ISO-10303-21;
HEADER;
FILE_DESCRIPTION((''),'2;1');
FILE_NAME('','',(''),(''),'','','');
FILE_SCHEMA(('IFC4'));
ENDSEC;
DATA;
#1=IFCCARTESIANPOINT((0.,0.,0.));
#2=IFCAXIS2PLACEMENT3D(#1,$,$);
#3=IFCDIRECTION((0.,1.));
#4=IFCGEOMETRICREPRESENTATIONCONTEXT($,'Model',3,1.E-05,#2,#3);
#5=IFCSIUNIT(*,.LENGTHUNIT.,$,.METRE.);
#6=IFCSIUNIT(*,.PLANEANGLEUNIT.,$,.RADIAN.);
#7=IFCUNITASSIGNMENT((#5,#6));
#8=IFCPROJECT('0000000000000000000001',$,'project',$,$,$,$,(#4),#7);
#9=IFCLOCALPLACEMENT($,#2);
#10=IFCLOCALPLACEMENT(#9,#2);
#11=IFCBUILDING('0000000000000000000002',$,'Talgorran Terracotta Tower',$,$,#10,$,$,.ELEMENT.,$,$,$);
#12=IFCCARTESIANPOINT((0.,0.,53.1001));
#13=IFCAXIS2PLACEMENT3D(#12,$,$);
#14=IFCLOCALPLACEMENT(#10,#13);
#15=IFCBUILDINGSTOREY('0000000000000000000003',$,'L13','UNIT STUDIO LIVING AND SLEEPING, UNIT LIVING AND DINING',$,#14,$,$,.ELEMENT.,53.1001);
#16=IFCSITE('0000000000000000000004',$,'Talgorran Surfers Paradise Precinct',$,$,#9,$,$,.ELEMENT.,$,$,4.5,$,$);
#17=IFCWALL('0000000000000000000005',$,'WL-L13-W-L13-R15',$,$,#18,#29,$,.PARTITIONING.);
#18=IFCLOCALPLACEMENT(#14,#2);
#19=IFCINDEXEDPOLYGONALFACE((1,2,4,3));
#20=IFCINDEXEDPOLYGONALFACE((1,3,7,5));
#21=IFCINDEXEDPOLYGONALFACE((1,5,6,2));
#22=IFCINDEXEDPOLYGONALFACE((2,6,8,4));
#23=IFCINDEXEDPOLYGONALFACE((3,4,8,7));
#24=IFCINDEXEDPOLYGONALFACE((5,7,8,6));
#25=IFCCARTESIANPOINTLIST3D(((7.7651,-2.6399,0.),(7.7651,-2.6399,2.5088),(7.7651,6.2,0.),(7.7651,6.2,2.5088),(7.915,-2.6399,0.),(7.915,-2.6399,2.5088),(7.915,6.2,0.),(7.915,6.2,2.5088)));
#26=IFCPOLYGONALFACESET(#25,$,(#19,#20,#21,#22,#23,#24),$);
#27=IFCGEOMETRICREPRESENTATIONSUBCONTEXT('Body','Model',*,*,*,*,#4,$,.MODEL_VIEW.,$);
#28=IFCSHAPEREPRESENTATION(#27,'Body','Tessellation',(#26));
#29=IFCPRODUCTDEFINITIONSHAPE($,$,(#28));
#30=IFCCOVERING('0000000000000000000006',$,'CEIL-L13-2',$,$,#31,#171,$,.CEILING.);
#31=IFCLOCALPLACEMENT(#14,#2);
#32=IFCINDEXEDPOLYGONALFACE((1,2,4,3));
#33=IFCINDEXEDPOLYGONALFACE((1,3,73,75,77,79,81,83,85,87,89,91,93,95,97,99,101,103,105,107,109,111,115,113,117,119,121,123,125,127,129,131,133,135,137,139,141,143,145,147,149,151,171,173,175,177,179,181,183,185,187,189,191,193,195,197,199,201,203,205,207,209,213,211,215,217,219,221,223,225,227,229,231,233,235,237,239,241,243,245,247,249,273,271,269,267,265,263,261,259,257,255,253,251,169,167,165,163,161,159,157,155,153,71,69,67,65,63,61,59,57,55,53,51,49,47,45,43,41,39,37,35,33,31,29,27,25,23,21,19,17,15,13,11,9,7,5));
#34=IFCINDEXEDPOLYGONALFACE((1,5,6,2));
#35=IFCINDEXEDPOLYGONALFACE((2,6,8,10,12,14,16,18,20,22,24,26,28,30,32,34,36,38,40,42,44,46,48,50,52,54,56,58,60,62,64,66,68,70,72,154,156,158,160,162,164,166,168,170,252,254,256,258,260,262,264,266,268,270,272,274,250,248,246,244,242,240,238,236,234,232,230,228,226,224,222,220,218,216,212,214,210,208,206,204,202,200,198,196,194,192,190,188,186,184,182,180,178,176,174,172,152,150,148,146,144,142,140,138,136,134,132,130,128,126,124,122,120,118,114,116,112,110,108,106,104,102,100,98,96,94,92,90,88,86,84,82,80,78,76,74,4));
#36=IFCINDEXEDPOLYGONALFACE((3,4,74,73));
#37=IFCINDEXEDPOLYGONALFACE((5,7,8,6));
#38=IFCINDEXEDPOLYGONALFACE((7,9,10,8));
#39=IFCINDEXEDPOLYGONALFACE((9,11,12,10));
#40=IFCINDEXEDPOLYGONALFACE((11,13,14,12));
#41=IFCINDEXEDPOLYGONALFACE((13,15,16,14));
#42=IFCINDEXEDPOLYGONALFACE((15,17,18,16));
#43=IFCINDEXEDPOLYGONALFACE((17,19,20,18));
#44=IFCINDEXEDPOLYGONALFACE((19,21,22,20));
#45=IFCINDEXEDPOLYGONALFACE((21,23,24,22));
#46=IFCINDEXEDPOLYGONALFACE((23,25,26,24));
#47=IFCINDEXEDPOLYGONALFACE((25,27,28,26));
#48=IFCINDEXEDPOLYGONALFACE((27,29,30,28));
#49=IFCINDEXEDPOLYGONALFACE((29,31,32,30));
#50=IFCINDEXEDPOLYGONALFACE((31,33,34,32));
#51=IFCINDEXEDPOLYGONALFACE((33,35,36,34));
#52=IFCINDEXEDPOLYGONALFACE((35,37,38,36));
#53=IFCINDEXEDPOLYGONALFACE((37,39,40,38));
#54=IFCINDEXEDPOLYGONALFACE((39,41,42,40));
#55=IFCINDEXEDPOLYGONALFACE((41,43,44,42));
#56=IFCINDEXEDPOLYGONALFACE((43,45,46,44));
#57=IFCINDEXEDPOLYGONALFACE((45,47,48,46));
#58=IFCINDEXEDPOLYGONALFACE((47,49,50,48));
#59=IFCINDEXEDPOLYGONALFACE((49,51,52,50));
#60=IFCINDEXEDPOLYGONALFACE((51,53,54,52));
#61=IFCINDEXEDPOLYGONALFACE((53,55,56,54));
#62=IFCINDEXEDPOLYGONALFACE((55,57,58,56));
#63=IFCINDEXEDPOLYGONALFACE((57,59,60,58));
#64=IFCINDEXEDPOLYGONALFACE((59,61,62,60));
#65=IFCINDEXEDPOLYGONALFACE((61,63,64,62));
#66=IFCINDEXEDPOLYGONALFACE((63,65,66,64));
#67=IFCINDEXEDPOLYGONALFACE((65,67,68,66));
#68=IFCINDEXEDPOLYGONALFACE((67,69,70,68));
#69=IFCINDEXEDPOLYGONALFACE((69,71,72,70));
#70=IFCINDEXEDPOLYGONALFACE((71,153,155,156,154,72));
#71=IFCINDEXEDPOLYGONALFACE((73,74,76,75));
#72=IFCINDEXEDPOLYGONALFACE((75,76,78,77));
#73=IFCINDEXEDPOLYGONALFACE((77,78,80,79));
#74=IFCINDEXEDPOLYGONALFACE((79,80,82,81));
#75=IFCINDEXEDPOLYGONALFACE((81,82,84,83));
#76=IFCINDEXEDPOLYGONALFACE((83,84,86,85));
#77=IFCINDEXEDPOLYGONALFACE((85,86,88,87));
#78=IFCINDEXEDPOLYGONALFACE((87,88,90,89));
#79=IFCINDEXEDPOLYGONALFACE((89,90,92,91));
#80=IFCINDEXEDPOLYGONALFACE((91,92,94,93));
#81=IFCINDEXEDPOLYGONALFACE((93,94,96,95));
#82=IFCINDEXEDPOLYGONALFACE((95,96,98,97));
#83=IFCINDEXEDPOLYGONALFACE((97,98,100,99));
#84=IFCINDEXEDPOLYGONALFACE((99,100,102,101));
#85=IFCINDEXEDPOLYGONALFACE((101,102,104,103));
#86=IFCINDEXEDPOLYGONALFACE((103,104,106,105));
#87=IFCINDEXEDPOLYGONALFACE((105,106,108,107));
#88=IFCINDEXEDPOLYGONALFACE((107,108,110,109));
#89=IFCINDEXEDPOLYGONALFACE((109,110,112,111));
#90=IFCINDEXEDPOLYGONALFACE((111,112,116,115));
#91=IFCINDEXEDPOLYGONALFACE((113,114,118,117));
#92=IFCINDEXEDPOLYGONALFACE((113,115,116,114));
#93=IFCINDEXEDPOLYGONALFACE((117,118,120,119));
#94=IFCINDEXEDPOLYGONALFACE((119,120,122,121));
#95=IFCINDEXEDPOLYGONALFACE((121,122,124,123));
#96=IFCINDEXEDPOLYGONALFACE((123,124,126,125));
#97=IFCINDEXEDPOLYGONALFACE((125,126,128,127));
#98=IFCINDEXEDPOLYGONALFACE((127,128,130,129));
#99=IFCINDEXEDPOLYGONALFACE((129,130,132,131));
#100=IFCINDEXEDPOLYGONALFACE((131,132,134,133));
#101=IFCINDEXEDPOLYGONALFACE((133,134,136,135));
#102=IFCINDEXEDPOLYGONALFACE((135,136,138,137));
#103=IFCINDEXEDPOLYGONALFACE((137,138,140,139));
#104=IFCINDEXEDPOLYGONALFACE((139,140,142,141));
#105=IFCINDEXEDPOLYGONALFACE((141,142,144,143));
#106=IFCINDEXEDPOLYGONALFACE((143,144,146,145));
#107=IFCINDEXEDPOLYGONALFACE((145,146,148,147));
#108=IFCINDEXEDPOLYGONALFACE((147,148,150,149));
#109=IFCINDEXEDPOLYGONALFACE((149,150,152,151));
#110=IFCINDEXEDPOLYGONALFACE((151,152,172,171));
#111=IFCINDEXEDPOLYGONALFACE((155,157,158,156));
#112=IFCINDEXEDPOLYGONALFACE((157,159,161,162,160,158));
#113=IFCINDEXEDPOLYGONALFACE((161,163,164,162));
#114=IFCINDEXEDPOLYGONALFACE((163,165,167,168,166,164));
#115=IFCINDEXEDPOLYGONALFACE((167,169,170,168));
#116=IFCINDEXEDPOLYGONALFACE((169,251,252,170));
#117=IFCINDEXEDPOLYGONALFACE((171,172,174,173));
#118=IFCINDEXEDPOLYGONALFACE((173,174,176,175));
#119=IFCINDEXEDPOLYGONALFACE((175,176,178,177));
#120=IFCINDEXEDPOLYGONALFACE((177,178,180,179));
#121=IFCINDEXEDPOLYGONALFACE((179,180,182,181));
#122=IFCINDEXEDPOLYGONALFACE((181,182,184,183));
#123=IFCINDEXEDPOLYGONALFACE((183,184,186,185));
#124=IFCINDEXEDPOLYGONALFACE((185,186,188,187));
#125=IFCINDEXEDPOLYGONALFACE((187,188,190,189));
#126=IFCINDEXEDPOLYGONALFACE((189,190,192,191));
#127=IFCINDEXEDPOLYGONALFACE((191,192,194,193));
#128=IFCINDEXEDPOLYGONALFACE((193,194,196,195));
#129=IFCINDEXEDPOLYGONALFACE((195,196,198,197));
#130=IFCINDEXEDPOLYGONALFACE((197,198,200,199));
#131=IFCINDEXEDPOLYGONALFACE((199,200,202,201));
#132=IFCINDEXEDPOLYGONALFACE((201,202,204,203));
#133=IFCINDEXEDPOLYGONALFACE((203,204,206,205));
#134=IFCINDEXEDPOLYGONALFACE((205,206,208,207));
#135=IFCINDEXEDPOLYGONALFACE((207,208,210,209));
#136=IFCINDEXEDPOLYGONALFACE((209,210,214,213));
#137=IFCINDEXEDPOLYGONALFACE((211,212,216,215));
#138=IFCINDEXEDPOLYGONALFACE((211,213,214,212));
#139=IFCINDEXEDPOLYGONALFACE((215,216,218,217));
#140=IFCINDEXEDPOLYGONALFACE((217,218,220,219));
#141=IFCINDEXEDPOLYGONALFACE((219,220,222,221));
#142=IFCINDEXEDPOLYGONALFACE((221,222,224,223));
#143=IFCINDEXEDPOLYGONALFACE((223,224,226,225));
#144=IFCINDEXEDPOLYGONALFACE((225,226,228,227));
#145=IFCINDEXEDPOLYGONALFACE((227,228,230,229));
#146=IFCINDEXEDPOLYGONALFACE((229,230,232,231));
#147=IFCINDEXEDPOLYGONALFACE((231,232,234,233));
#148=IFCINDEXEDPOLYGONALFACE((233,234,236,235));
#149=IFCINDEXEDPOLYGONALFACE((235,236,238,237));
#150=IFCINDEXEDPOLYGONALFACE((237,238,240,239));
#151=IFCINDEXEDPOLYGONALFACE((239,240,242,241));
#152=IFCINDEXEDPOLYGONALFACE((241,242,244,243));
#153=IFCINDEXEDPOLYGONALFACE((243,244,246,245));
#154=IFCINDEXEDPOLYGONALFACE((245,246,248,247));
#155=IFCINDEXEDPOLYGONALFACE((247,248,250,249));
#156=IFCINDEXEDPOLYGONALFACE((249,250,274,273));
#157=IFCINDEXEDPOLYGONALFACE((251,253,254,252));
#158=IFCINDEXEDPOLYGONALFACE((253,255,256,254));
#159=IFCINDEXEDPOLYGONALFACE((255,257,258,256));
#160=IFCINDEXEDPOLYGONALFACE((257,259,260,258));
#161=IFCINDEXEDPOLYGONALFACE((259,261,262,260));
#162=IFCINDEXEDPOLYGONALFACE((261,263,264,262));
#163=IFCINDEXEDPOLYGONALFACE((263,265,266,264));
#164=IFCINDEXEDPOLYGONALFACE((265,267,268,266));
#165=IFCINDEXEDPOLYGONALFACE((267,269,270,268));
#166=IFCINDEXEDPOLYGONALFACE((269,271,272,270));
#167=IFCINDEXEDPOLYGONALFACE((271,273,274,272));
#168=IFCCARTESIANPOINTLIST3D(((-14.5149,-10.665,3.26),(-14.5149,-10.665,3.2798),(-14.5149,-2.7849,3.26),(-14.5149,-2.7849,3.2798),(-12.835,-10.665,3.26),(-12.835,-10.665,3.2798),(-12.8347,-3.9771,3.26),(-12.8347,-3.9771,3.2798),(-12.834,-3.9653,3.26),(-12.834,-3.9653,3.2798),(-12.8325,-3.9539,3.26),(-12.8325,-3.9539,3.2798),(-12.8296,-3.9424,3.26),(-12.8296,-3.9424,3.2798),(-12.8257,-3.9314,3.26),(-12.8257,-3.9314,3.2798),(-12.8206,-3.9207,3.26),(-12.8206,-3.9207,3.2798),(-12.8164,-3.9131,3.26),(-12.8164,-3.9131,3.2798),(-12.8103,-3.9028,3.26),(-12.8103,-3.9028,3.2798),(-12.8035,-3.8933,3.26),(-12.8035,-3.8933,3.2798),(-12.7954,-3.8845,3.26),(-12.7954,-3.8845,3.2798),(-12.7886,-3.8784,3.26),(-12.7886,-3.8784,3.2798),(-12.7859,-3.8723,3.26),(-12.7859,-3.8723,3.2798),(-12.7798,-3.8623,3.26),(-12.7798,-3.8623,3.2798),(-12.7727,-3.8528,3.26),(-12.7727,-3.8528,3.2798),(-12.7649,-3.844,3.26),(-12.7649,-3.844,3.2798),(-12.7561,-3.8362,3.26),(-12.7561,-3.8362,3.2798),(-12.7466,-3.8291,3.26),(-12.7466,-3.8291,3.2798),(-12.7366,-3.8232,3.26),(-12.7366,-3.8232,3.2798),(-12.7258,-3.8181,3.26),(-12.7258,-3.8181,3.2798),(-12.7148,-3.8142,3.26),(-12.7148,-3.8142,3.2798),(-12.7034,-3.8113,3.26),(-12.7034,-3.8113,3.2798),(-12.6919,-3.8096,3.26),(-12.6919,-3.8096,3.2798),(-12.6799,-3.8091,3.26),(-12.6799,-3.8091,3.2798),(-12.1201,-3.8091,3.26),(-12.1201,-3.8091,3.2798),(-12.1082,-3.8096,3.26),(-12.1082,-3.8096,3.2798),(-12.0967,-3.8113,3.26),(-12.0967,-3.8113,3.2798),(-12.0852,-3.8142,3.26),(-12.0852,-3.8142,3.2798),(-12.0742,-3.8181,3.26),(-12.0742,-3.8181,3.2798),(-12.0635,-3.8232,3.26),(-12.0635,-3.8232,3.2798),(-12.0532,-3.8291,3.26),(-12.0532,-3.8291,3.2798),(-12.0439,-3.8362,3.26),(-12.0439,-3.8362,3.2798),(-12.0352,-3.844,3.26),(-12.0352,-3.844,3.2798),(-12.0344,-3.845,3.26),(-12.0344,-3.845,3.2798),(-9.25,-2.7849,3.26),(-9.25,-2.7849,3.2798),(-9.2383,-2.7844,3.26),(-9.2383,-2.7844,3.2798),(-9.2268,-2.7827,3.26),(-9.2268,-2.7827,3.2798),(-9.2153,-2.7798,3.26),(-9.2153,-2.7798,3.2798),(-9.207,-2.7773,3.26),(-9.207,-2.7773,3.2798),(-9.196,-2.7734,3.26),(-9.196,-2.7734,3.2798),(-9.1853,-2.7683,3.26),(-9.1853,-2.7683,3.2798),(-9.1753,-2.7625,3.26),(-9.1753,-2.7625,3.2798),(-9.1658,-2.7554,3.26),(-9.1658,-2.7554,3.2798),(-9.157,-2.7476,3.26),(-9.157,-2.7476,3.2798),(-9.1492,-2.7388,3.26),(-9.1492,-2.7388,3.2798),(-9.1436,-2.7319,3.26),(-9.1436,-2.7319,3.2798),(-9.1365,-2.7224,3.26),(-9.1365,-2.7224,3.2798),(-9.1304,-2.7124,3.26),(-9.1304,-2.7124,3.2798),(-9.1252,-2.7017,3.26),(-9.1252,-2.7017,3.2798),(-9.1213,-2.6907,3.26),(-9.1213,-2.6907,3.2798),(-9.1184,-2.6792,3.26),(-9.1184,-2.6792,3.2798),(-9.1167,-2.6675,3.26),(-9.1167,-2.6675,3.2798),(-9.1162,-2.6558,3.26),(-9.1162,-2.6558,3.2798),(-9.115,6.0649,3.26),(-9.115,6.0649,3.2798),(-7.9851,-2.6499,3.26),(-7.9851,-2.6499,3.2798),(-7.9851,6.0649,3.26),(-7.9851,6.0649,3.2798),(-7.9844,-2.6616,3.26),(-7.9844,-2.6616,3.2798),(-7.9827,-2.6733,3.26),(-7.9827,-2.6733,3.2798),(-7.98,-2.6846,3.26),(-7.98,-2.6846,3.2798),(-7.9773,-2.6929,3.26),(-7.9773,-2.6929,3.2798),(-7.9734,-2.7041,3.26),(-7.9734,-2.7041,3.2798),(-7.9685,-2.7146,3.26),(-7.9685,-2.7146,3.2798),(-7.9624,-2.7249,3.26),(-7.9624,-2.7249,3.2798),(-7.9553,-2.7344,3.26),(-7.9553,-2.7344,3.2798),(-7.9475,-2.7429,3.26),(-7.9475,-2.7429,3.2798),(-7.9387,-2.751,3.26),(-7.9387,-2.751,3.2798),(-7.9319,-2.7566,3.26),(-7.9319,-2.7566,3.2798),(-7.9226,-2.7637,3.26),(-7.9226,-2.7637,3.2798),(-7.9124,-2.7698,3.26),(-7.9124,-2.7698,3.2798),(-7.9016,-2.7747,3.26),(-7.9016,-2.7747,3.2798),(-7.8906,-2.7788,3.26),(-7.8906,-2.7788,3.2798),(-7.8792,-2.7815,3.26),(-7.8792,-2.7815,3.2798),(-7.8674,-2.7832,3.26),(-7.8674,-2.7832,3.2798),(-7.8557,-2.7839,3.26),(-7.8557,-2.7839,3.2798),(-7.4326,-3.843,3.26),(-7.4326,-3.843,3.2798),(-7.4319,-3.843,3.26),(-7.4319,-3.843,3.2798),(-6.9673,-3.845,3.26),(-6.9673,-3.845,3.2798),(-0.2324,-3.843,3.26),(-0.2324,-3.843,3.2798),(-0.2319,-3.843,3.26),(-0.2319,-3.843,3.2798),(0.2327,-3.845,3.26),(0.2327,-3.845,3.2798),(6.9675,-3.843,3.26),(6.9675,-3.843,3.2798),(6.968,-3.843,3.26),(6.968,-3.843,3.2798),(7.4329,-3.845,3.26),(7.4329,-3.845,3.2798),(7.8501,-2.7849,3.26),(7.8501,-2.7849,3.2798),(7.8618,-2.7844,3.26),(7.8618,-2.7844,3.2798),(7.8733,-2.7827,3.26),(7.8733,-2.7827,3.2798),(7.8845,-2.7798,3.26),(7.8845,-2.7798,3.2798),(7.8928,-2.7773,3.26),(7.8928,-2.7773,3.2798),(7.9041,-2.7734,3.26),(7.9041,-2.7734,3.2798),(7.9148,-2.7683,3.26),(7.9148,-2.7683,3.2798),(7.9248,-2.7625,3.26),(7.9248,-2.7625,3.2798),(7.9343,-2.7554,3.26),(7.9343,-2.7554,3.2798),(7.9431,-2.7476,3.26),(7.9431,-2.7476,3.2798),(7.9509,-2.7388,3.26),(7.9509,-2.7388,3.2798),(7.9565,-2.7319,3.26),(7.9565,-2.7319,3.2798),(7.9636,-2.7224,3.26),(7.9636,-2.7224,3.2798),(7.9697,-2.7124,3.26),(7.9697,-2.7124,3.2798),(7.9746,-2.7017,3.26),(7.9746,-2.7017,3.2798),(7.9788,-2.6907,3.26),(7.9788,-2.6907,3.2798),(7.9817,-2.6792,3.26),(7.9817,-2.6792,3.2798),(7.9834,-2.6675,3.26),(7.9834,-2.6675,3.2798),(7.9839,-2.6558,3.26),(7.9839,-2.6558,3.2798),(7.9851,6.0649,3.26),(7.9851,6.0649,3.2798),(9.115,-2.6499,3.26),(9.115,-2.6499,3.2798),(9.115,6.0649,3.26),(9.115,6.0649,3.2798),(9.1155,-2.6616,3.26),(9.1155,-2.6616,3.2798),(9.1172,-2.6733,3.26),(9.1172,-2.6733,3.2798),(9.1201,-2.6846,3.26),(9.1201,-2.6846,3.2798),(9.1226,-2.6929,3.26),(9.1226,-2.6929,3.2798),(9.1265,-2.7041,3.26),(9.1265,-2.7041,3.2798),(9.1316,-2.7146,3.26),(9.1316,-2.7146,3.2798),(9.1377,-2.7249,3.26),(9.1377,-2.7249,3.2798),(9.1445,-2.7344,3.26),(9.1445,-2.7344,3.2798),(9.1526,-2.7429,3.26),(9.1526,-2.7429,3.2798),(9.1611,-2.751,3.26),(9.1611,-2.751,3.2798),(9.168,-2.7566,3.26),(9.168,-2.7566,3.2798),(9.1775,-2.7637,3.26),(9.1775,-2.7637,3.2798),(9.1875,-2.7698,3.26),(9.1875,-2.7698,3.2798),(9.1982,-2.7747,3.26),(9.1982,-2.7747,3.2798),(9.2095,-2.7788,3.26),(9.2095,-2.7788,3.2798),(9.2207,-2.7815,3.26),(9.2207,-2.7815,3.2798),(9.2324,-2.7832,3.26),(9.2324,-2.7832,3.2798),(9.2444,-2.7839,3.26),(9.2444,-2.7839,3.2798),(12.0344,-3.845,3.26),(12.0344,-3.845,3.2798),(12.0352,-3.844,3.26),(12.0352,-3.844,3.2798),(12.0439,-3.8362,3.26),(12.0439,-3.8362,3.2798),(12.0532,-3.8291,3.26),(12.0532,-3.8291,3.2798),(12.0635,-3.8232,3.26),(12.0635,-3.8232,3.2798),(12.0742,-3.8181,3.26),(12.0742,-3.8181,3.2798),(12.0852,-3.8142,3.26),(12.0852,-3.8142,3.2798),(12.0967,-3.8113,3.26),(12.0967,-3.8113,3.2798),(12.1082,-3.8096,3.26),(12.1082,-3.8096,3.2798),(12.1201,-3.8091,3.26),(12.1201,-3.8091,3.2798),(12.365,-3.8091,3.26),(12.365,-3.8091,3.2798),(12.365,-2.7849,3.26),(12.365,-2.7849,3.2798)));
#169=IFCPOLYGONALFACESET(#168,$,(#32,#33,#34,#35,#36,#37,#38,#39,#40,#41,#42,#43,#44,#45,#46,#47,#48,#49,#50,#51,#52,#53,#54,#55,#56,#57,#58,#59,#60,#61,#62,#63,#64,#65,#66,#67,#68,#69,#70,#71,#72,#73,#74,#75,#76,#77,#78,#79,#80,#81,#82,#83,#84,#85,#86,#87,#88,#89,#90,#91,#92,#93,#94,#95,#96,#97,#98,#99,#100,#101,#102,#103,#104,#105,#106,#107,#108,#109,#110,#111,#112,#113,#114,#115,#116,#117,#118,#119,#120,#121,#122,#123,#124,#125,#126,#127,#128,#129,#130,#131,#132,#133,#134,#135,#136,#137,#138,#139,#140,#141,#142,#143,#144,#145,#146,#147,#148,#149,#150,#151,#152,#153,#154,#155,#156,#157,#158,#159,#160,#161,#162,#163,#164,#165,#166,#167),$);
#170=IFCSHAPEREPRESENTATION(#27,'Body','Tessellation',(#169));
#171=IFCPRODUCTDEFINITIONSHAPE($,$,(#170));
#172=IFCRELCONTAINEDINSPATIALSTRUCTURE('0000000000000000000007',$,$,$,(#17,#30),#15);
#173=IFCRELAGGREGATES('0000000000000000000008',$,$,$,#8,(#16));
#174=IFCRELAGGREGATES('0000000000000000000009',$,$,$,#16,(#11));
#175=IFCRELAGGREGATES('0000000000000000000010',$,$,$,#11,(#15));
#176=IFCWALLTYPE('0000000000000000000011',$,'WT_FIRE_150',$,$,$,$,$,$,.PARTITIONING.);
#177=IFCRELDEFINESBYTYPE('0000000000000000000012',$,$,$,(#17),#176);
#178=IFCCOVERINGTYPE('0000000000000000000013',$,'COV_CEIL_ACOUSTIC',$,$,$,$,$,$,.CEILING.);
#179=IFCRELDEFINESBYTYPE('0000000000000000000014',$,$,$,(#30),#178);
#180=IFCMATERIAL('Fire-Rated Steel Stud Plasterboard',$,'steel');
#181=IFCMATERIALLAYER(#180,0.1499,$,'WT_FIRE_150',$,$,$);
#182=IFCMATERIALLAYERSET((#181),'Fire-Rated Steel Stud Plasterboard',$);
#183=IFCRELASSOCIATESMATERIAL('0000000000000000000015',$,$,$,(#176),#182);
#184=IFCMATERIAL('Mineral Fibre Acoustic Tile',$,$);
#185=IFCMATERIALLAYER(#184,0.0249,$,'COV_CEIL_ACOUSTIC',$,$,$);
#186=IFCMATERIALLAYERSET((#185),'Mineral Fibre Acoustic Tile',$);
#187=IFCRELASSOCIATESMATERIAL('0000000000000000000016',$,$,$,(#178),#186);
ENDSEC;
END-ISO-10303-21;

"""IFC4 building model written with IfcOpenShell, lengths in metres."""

from ifc_helpers import new_model, si_unit, direction, frame, frame_2d, origin, place, context, subcontext, project, spatial, polyline, rectangle, outline, extrude, material, layer, layer_set, type_object, element, save


model = new_model("IFC4")

# Units and contexts
model_context = context("Model", 3, precision=1e-05, world=origin(), true_north=direction((0.0, 1.0)))
body_context = subcontext(model_context, "Body", "Model", "MODEL_VIEW")
ifc_project = project(units=[si_unit("LENGTHUNIT", "METRE"), si_unit("PLANEANGLEUNIT", "RADIAN")], contexts=[model_context])

# Site, building, storey
site_placement = place(None, origin())
site = spatial("IfcSite", under=ifc_project, at=site_placement, Name="Talgorran Surfers Paradise Precinct", CompositionType="ELEMENT", RefElevation=4.5)
building_placement = place(site_placement, origin())
building = spatial("IfcBuilding", under=site, at=building_placement, Name="Talgorran Terracotta Tower", CompositionType="ELEMENT")
storey_placement = place(building_placement, frame((0.0, 0.0, 53.1001)))
storey = spatial("IfcBuildingStorey", under=building, at=storey_placement, Name="L13", Description="UNIT STUDIO LIVING AND SLEEPING, UNIT LIVING AND DINING", CompositionType="ELEMENT", Elevation=53.1001)

# Wall
ifc_material_1 = material(Name="Fire-Rated Steel Stud Plasterboard", Category="steel")
ifc_layer_1 = layer(ifc_material_1, 0.1499, Name="WT_FIRE_150")
ifc_layer_set_1 = layer_set([ifc_layer_1], Name="Fire-Rated Steel Stud Plasterboard")
wall_type_1 = type_object("IfcWallType", Name="WT_FIRE_150", PredefinedType="PARTITIONING", material=ifc_layer_set_1)
wall_1_placement = place(storey_placement, frame((7.8401, -2.6399, 0.0), z_axis=(0.0, 0.0, 1.0), x_axis=(0.0, 1.0, 0.0)))
element("IfcWall", 1, at=wall_1_placement, inside=storey, type_object=wall_type_1, Name="WL-L13-W-L13-R15", PredefinedType="PARTITIONING", context=body_context, shape_type="SweptSolid", body=[
    extrude(rectangle(XDim=8.8398, YDim=0.1499, at=frame_2d((4.4199, 0.0))), origin(), (0.0, 0.0, 1.0), 2.5088),
])

# Covering
ifc_material_2 = material(Name="Mineral Fibre Acoustic Tile")
ifc_layer_2 = layer(ifc_material_2, 0.0249, Name="COV_CEIL_ACOUSTIC")
ifc_layer_set_2 = layer_set([ifc_layer_2], Name="Mineral Fibre Acoustic Tile")
covering_type_1 = type_object("IfcCoveringType", Name="COV_CEIL_ACOUSTIC", PredefinedType="CEILING", material=ifc_layer_set_2)
covering_1_placement = place(storey_placement, frame((0.0, 0.0, 3.26)))
element("IfcCovering", 2, at=covering_1_placement, inside=storey, type_object=covering_type_1, Name="CEIL-L13-2", PredefinedType="CEILING", context=body_context, shape_type="SweptSolid", body=[
    extrude(outline(polyline([(-12.7886, -3.8784), (-12.7954, -3.8845), (-12.8035, -3.8933), (-12.8103, -3.9028), (-12.8164, -3.9131), (-12.8206, -3.9207), (-12.8257, -3.9314), (-12.8296, -3.9424), (-12.8325, -3.9539), (-12.834, -3.9653), (-12.8347, -3.9771), (-12.835, -10.665), (-14.5149, -10.665), (-14.5149, -2.7849), (-9.25, -2.7849), (-9.2383, -2.7844), (-9.2268, -2.7827), (-9.2153, -2.7798), (-9.207, -2.7773), (-9.196, -2.7734), (-9.1853, -2.7683), (-9.1753, -2.7625), (-9.1658, -2.7554), (-9.157, -2.7476), (-9.1492, -2.7388), (-9.1436, -2.7319), (-9.1365, -2.7224), (-9.1304, -2.7124), (-9.1252, -2.7017), (-9.1213, -2.6907), (-9.1184, -2.6792), (-9.1167, -2.6675), (-9.1162, -2.6558), (-9.115, 6.0649), (-7.9851, 6.0649), (-7.9851, -2.6499), (-7.9844, -2.6616), (-7.9827, -2.6733), (-7.98, -2.6846), (-7.9773, -2.6929), (-7.9734, -2.7041), (-7.9685, -2.7146), (-7.9624, -2.7249), (-7.9553, -2.7344), (-7.9475, -2.7429), (-7.9387, -2.751), (-7.9319, -2.7566), (-7.9226, -2.7637), (-7.9124, -2.7698), (-7.9016, -2.7747), (-7.8906, -2.7788), (-7.8792, -2.7815), (-7.8674, -2.7832), (-7.8557, -2.7839), (7.8501, -2.7849), (7.8618, -2.7844), (7.8733, -2.7827), (7.8845, -2.7798), (7.8928, -2.7773), (7.9041, -2.7734), (7.9148, -2.7683), (7.9248, -2.7625), (7.9343, -2.7554), (7.9431, -2.7476), (7.9509, -2.7388), (7.9565, -2.7319), (7.9636, -2.7224), (7.9697, -2.7124), (7.9746, -2.7017), (7.9788, -2.6907), (7.9817, -2.6792), (7.9834, -2.6675), (7.9839, -2.6558), (7.9851, 6.0649), (9.115, 6.0649), (9.115, -2.6499), (9.1155, -2.6616), (9.1172, -2.6733), (9.1201, -2.6846), (9.1226, -2.6929), (9.1265, -2.7041), (9.1316, -2.7146), (9.1377, -2.7249), (9.1445, -2.7344), (9.1526, -2.7429), (9.1611, -2.751), (9.168, -2.7566), (9.1775, -2.7637), (9.1875, -2.7698), (9.1982, -2.7747), (9.2095, -2.7788), (9.2207, -2.7815), (9.2324, -2.7832), (9.2444, -2.7839), (12.365, -2.7849), (12.365, -3.8091), (12.1201, -3.8091), (12.1082, -3.8096), (12.0967, -3.8113), (12.0852, -3.8142), (12.0742, -3.8181), (12.0635, -3.8232), (12.0532, -3.8291), (12.0439, -3.8362), (12.0352, -3.844), (12.0344, -3.845), (7.4329, -3.845), (6.968, -3.843), (6.9675, -3.843), (0.2327, -3.845), (-0.2319, -3.843), (-0.2324, -3.843), (-6.9673, -3.845), (-7.4319, -3.843), (-7.4326, -3.843), (-12.0344, -3.845), (-12.0352, -3.844), (-12.0439, -3.8362), (-12.0532, -3.8291), (-12.0635, -3.8232), (-12.0742, -3.8181), (-12.0852, -3.8142), (-12.0967, -3.8113), (-12.1082, -3.8096), (-12.1201, -3.8091), (-12.6799, -3.8091), (-12.6919, -3.8096), (-12.7034, -3.8113), (-12.7148, -3.8142), (-12.7258, -3.8181), (-12.7366, -3.8232), (-12.7466, -3.8291), (-12.7561, -3.8362), (-12.7649, -3.844), (-12.7727, -3.8528), (-12.7798, -3.8623), (-12.7859, -3.8723), (-12.7886, -3.8784)])), origin(), (0.0, 0.0, 1.0), 0.0198),
])

save(model, "model.ifc")
